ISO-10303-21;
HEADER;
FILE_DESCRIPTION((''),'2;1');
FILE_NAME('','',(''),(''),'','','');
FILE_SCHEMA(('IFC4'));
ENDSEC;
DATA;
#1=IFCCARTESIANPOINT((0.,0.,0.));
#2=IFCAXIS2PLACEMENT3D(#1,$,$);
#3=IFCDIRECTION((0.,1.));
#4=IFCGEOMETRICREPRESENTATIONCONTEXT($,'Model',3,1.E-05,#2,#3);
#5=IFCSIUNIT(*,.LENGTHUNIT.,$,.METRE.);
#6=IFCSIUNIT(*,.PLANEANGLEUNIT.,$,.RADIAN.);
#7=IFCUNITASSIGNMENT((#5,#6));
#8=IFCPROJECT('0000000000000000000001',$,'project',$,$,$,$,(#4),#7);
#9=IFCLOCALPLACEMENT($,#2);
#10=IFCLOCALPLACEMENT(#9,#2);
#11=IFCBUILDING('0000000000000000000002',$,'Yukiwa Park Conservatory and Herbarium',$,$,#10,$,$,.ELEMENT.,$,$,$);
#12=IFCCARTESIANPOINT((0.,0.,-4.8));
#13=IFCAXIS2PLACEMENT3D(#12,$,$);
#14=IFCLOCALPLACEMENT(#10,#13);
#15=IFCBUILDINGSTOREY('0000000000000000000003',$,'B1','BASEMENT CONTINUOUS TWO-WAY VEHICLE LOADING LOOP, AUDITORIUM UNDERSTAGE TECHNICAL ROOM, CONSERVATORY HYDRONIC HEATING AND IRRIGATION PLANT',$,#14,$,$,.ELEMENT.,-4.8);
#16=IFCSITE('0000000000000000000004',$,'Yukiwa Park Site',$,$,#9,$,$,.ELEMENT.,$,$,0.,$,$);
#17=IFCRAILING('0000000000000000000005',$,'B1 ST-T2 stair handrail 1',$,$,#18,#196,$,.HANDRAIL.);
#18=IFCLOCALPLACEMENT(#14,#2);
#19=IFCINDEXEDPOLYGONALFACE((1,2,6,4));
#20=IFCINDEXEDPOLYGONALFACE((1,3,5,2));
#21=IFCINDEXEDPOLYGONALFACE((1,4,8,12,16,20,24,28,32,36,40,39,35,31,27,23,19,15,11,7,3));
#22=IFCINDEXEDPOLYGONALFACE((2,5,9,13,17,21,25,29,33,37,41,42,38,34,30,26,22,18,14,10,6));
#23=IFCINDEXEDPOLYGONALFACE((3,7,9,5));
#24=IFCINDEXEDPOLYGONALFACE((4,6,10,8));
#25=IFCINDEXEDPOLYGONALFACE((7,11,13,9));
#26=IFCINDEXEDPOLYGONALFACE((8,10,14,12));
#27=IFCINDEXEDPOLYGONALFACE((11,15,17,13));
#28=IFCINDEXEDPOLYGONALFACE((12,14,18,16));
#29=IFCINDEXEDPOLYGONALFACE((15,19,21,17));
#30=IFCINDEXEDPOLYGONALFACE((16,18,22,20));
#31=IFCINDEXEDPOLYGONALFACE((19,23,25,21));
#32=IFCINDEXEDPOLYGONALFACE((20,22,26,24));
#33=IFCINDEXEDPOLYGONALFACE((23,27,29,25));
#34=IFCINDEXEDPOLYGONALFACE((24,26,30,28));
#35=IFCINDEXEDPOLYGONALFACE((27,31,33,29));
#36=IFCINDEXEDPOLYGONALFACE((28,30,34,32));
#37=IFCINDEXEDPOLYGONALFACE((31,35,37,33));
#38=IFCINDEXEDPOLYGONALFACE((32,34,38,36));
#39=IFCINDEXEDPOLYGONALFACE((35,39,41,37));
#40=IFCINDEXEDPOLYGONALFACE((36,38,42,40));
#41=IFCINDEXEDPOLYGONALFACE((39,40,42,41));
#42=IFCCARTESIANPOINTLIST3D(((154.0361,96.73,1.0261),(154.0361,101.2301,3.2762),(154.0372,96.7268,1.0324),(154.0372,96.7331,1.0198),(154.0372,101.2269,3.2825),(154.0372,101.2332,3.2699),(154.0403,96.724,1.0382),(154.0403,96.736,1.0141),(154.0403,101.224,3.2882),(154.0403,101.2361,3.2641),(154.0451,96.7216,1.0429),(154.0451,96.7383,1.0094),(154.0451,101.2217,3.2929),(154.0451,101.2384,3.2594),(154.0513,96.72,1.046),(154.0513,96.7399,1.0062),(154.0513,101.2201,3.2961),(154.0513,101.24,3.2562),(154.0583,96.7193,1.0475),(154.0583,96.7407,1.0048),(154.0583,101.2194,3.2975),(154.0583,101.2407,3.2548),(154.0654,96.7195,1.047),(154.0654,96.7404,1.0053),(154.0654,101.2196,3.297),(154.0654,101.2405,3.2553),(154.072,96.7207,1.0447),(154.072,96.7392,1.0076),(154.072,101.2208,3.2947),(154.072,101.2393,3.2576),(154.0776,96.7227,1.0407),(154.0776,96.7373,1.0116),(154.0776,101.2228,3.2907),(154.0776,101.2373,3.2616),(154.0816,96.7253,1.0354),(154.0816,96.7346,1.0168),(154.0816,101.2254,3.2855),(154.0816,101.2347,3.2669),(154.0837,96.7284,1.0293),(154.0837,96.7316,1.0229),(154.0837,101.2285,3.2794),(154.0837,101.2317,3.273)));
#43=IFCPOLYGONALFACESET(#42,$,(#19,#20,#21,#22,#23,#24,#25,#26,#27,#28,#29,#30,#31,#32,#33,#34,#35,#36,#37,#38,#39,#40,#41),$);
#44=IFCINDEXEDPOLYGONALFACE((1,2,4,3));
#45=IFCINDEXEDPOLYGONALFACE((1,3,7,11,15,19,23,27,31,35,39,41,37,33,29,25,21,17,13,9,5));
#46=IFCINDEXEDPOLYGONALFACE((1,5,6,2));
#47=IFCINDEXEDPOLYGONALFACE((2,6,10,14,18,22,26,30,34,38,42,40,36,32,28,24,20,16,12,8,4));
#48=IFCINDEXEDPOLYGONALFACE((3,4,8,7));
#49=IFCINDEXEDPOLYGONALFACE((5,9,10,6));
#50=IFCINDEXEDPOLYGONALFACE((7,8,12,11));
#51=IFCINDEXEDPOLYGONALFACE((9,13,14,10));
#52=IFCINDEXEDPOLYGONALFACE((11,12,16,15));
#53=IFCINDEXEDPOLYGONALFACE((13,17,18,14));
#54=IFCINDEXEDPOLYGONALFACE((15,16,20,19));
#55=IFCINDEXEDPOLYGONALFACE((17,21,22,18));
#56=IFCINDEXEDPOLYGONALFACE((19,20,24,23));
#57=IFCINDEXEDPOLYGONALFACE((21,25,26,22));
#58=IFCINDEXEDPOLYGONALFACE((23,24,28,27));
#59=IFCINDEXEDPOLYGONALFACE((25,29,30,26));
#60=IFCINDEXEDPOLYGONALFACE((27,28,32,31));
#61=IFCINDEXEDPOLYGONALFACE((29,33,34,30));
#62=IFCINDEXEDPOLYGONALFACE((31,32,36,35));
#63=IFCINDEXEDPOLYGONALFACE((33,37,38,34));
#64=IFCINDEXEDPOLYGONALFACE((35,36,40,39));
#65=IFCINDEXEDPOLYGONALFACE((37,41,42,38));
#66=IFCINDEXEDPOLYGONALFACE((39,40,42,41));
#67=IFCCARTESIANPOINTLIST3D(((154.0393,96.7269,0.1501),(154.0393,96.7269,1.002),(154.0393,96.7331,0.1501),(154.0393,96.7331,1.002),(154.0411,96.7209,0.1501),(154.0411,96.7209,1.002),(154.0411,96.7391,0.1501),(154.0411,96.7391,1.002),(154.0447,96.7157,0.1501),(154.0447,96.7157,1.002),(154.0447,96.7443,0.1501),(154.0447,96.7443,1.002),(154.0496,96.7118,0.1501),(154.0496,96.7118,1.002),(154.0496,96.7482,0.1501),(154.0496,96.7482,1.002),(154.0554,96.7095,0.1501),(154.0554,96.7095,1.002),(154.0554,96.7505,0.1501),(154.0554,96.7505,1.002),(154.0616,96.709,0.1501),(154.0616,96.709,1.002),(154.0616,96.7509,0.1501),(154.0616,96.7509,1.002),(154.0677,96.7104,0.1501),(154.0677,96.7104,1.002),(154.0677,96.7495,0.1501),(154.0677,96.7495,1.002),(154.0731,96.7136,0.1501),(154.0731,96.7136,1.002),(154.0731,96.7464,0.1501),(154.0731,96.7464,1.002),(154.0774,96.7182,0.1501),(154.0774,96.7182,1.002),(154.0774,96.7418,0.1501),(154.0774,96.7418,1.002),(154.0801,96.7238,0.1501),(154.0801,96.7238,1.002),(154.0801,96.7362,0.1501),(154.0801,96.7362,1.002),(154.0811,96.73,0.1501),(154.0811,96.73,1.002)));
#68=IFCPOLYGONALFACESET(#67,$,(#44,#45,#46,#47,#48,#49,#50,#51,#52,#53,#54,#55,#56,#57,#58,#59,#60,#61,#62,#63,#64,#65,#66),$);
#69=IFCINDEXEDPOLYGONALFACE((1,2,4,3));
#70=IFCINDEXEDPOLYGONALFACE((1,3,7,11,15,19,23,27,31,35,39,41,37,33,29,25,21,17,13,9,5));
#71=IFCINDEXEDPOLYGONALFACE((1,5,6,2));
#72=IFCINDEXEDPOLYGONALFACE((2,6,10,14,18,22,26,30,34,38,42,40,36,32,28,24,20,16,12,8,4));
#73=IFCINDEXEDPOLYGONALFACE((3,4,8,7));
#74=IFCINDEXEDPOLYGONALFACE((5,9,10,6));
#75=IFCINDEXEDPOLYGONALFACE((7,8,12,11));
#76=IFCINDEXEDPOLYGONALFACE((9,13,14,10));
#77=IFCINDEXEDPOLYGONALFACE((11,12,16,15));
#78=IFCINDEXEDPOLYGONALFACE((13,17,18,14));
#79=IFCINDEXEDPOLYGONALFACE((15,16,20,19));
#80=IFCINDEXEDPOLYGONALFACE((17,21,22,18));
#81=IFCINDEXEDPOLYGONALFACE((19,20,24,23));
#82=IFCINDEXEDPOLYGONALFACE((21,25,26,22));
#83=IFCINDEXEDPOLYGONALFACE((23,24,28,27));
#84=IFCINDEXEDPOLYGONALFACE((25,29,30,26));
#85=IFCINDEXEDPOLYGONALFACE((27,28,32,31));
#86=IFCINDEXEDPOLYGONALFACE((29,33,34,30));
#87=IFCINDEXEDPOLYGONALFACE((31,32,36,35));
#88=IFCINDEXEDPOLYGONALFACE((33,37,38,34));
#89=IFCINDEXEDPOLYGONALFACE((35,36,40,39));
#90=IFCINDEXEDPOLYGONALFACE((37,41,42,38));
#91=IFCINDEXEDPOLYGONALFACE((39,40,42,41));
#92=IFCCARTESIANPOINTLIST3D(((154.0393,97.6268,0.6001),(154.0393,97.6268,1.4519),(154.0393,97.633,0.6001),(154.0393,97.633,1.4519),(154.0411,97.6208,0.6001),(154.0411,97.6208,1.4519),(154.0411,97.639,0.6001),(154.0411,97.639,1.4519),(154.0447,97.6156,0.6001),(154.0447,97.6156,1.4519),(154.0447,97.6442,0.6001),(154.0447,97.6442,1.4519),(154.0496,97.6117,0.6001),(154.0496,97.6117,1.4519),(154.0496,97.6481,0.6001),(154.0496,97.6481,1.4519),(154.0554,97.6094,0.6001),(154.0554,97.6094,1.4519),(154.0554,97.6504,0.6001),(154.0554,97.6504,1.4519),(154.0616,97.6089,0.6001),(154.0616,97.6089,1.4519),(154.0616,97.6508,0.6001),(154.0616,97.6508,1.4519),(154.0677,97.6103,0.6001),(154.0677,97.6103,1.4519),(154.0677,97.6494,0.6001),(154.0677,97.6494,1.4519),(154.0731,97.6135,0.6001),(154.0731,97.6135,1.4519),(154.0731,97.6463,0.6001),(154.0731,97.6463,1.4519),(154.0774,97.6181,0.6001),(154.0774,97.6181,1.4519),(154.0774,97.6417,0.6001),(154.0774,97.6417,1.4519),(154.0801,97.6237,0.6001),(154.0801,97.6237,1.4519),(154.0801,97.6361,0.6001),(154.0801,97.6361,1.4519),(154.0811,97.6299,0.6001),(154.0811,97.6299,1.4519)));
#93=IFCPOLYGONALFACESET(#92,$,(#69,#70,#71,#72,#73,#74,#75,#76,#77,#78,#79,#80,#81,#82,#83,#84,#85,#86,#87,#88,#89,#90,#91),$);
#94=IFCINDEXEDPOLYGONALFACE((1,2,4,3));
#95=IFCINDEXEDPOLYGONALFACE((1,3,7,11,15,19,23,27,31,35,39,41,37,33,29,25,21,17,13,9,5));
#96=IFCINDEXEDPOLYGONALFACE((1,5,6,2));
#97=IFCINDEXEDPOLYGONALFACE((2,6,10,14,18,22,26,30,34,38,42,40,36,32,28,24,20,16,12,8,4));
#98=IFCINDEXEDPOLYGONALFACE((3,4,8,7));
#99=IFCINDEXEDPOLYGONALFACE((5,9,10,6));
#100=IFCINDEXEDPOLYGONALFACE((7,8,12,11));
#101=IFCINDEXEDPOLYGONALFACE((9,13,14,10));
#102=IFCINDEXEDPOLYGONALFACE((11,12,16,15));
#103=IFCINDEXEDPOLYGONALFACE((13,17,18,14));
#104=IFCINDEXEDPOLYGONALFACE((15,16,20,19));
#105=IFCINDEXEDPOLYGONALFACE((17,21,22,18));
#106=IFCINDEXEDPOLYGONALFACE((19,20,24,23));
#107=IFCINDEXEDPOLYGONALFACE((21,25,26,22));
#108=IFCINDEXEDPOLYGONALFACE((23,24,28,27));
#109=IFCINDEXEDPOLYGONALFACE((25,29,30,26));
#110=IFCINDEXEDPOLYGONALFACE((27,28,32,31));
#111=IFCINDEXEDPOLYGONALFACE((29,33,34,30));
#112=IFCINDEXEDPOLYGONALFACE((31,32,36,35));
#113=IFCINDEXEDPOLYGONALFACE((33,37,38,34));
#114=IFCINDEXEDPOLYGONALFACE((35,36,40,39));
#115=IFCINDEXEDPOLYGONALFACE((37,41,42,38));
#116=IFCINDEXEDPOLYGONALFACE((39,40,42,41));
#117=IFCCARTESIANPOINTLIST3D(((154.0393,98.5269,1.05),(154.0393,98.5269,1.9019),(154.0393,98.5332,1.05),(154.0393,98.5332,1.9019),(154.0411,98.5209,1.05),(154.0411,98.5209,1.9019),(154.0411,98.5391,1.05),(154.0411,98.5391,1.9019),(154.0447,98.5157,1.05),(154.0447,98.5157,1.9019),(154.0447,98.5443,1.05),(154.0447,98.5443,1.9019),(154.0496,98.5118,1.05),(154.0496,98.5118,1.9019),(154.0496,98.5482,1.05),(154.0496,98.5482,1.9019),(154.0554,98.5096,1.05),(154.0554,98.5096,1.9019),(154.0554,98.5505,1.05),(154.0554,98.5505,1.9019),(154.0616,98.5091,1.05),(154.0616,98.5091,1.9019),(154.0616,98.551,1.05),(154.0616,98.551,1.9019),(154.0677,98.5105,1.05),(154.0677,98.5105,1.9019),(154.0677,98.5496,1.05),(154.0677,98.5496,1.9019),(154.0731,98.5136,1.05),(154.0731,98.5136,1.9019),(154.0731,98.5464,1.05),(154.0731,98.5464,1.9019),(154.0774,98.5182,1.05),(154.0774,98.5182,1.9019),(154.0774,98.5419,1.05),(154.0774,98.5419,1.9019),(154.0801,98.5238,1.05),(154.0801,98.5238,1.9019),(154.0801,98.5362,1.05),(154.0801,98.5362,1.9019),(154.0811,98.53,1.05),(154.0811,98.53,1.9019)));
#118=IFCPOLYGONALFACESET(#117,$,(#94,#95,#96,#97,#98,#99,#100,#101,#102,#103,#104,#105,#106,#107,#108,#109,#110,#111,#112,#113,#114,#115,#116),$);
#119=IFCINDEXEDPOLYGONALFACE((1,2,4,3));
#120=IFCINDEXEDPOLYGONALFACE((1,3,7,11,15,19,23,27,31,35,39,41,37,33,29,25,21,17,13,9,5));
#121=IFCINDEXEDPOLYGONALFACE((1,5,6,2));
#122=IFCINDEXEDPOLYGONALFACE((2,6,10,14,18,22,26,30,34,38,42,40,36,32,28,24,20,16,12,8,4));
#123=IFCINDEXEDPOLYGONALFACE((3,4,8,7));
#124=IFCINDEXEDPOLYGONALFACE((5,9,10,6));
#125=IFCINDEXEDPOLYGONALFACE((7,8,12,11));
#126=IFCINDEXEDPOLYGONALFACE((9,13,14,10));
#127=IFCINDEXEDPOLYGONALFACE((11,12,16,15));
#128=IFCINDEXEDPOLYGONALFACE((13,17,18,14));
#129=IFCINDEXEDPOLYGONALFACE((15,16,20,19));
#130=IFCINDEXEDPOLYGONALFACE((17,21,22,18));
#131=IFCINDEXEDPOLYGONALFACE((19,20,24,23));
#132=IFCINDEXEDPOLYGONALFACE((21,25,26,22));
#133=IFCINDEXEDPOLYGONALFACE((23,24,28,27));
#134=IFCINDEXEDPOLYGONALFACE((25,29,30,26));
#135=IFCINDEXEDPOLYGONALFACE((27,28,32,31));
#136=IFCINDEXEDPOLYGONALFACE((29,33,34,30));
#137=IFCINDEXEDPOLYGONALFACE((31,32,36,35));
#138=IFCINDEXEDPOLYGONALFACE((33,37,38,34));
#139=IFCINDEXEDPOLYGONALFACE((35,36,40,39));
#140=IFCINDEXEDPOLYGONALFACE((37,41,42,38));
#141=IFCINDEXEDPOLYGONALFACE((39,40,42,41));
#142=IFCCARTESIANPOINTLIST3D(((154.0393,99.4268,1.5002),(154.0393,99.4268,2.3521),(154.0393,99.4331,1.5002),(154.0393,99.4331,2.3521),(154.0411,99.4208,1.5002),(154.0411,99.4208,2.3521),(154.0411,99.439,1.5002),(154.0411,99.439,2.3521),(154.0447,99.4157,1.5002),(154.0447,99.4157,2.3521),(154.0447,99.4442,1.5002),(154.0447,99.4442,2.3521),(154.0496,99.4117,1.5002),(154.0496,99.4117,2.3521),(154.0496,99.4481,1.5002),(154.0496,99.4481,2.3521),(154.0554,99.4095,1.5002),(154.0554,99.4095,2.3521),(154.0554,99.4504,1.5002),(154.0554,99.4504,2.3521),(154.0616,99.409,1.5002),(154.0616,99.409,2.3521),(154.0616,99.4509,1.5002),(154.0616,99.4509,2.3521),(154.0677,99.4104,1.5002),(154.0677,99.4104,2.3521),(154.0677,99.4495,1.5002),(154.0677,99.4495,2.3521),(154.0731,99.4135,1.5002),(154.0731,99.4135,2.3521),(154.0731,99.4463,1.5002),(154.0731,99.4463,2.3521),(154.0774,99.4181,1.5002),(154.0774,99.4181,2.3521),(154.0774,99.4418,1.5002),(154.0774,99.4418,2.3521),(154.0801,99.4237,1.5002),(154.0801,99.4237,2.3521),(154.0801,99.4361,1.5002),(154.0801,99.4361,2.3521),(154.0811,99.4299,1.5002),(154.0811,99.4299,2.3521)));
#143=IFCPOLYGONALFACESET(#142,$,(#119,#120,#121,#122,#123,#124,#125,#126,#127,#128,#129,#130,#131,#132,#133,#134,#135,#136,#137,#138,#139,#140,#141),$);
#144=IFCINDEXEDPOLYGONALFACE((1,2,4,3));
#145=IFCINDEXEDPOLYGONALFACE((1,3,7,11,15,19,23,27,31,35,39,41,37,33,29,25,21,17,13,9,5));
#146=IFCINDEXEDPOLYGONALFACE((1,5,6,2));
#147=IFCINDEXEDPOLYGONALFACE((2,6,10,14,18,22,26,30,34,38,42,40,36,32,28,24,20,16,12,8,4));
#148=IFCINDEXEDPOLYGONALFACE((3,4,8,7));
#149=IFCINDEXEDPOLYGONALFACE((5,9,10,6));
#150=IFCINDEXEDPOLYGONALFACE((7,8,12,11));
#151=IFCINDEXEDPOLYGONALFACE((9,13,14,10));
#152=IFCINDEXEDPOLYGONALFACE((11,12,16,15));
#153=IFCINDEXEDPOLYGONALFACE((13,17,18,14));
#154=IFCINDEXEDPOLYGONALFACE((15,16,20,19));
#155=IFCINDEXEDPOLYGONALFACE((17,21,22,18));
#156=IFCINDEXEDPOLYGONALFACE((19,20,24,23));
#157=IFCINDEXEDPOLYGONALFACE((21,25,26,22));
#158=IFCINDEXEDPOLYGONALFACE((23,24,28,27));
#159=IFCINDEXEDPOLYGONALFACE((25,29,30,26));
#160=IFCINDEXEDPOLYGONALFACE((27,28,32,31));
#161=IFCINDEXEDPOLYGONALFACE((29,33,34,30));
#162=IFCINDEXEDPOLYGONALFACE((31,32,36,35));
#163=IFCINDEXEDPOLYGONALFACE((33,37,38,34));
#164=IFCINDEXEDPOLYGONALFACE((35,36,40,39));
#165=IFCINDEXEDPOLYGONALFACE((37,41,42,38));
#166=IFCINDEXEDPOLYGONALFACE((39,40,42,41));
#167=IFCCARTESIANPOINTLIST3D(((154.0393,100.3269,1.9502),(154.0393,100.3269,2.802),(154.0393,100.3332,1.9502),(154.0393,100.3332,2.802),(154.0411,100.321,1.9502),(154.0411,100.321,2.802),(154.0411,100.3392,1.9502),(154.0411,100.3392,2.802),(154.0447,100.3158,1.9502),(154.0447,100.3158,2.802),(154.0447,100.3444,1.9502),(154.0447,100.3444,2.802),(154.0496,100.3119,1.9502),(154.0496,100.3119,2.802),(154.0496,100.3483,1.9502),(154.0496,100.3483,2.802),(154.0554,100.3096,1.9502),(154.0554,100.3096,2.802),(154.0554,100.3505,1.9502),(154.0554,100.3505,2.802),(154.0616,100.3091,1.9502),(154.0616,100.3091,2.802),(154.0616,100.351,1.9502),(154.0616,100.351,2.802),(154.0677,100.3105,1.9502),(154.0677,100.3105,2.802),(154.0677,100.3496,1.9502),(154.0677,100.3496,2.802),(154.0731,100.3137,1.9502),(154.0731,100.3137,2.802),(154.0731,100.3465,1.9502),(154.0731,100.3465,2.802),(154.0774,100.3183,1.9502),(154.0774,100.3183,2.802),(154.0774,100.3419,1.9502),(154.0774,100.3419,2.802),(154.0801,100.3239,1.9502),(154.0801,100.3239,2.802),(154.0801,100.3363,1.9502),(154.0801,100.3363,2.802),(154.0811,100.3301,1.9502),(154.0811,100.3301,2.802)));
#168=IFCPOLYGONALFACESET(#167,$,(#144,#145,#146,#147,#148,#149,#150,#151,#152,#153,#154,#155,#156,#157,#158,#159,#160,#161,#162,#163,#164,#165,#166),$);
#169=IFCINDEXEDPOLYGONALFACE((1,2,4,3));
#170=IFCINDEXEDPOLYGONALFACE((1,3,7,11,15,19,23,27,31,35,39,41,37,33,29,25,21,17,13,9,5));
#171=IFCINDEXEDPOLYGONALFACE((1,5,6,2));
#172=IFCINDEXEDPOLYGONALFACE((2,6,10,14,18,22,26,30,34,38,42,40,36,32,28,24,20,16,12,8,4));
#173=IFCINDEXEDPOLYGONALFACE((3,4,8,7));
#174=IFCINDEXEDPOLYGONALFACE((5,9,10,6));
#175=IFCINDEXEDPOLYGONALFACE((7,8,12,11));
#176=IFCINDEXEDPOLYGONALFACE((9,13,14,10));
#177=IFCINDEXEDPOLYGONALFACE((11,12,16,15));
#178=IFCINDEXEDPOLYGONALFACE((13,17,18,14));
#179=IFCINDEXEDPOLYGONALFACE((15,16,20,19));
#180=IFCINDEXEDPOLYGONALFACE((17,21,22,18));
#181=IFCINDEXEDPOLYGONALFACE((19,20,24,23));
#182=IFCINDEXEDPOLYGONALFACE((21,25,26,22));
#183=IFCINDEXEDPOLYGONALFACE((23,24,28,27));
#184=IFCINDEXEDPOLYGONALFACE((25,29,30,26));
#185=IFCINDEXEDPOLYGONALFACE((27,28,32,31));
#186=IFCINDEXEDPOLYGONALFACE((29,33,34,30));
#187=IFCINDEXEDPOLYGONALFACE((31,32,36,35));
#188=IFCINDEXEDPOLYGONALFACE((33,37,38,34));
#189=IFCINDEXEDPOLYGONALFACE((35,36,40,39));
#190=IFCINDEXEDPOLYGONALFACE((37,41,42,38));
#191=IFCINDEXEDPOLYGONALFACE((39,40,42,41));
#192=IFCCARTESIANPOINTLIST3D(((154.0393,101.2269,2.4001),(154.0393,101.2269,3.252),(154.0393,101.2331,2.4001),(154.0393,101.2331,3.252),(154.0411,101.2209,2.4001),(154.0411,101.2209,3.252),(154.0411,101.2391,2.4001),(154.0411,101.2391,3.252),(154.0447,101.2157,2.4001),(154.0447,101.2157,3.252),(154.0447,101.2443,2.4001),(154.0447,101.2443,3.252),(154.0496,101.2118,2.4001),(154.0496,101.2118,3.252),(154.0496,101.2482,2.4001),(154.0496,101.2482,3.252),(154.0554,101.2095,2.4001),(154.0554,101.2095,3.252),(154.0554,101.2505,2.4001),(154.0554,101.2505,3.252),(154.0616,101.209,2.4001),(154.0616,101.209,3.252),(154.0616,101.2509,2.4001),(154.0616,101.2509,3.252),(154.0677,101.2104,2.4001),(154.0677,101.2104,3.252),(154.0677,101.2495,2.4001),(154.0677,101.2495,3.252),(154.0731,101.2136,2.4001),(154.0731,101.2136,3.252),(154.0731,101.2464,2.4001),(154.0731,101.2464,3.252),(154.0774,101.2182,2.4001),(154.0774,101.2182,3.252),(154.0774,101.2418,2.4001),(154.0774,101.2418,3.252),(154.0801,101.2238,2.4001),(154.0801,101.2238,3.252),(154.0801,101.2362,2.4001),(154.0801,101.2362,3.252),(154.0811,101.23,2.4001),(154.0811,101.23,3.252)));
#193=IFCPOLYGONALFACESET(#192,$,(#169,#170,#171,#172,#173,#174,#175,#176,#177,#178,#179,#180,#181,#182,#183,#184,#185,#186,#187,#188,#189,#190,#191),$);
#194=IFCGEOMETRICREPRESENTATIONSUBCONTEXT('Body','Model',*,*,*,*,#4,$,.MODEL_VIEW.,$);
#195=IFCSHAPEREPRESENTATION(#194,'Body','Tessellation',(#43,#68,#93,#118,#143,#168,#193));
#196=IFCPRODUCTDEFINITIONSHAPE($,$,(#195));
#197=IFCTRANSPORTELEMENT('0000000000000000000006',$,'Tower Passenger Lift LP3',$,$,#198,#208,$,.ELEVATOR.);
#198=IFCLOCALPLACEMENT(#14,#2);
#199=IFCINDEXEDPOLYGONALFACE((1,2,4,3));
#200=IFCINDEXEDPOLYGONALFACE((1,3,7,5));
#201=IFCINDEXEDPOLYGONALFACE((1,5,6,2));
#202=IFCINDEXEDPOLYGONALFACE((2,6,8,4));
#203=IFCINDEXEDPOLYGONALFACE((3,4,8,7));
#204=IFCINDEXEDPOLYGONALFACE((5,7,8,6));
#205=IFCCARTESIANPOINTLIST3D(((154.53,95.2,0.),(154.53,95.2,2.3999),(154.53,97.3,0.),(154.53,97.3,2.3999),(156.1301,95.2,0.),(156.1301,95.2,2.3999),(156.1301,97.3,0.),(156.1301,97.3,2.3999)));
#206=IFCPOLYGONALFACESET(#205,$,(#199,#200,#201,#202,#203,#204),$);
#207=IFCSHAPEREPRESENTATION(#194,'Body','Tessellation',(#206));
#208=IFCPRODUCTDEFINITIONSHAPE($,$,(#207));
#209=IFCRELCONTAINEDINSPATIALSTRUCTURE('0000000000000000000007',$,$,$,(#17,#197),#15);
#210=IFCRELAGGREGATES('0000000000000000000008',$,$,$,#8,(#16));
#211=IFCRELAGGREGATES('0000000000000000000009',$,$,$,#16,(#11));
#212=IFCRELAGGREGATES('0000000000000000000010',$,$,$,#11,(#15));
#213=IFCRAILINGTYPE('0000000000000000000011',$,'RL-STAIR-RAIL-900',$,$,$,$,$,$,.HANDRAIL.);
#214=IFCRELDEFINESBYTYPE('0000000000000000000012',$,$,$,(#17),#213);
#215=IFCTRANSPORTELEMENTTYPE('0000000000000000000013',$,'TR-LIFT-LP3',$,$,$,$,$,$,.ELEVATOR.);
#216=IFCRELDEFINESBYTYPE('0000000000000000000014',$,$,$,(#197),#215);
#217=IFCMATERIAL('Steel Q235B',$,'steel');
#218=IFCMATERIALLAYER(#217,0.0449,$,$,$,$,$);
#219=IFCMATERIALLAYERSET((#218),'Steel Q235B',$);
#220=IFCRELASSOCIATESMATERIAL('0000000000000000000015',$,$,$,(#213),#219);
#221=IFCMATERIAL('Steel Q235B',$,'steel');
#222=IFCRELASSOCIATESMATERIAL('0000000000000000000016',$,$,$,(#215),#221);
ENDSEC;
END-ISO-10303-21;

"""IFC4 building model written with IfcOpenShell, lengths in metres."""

from ifc_helpers import new_model, si_unit, direction, frame, origin, origin_2d, place, context, subcontext, project, spatial, rectangle, circle, extrude, material, layer, layer_set, type_object, element, save


model = new_model("IFC4")

# Units and contexts
model_context = context("Model", 3, precision=1e-05, world=origin(), true_north=direction((0.0, 1.0)))
body_context = subcontext(model_context, "Body", "Model", "MODEL_VIEW")
ifc_project = project(units=[si_unit("LENGTHUNIT", "METRE"), si_unit("PLANEANGLEUNIT", "RADIAN")], contexts=[model_context])

# Site, building, storey
site_placement = place(None, origin())
site = spatial("IfcSite", under=ifc_project, at=site_placement, Name="Yukiwa Park Site", CompositionType="ELEMENT", RefElevation=0.0)
building_placement = place(site_placement, origin())
building = spatial("IfcBuilding", under=site, at=building_placement, Name="Yukiwa Park Conservatory and Herbarium", CompositionType="ELEMENT")
storey_placement = place(building_placement, frame((0.0, 0.0, -4.8)))
storey = spatial("IfcBuildingStorey", under=building, at=storey_placement, Name="B1", Description="BASEMENT CONTINUOUS TWO-WAY VEHICLE LOADING LOOP, AUDITORIUM UNDERSTAGE TECHNICAL ROOM, CONSERVATORY HYDRONIC HEATING AND IRRIGATION PLANT", CompositionType="ELEMENT", Elevation=-4.8)

# Railing
ifc_material_1 = material(Name="Steel Q235B", Category="steel")
ifc_layer_1 = layer(ifc_material_1, 0.0449)
ifc_layer_set_1 = layer_set([ifc_layer_1], Name="Steel Q235B")
railing_type_1 = type_object("IfcRailingType", Name="RL-STAIR-RAIL-900", PredefinedType="HANDRAIL", material=ifc_layer_set_1)
railing_1_placement = place(storey_placement, frame((154.0601, 96.73, 0.1501)))
element("IfcRailing", 1, at=railing_1_placement, inside=storey, type_object=railing_type_1, Name="B1 ST-T2 stair handrail 1", PredefinedType="HANDRAIL", context=body_context, shape_type="SweptSolid", body=[
    extrude(circle(Radius=0.0239, at=origin_2d()), frame((0.0, 0.0, 0.876), z_axis=(0.0, 0.894427, 0.447214), x_axis=(-1.0, 0.0, 0.0)), (0.0, 0.0, 1.0), 5.0312),
    extrude(circle(Radius=0.021, at=origin_2d()), origin(), (0.0, 0.0, 1.0), 0.8518),
    extrude(circle(Radius=0.021, at=origin_2d()), frame((0.0, 0.8999, 0.45)), (0.0, 0.0, 1.0), 0.8518),
    extrude(circle(Radius=0.021, at=origin_2d()), frame((0.0, 1.8, 0.8999)), (0.0, 0.0, 1.0), 0.8518),
    extrude(circle(Radius=0.021, at=origin_2d()), frame((0.0, 2.7, 1.3501)), (0.0, 0.0, 1.0), 0.8518),
    extrude(circle(Radius=0.021, at=origin_2d()), frame((0.0, 3.6001, 1.8)), (0.0, 0.0, 1.0), 0.8518),
    extrude(circle(Radius=0.021, at=origin_2d()), frame((0.0, 4.5, 2.25)), (0.0, 0.0, 1.0), 0.8518),
])

# Transport element
ifc_material_2 = material(Name="Steel Q235B", Category="steel")
transport_element_type_1 = type_object("IfcTransportElementType", Name="TR-LIFT-LP3", PredefinedType="ELEVATOR", material=ifc_material_2)
transport_element_1_placement = place(storey_placement, frame((155.3301, 96.25, 0.0), z_axis=(0.0, 0.0, 1.0), x_axis=(1.0, 0.0, 0.0)))
element("IfcTransportElement", 2, at=transport_element_1_placement, inside=storey, type_object=transport_element_type_1, Name="Tower Passenger Lift LP3", PredefinedType="ELEVATOR", context=body_context, shape_type="SweptSolid", body=[
    extrude(rectangle(XDim=1.6001, YDim=2.1001, at=origin_2d()), origin(), (0.0, 0.0, 1.0), 2.3999),
])

save(model, "model.ifc")
